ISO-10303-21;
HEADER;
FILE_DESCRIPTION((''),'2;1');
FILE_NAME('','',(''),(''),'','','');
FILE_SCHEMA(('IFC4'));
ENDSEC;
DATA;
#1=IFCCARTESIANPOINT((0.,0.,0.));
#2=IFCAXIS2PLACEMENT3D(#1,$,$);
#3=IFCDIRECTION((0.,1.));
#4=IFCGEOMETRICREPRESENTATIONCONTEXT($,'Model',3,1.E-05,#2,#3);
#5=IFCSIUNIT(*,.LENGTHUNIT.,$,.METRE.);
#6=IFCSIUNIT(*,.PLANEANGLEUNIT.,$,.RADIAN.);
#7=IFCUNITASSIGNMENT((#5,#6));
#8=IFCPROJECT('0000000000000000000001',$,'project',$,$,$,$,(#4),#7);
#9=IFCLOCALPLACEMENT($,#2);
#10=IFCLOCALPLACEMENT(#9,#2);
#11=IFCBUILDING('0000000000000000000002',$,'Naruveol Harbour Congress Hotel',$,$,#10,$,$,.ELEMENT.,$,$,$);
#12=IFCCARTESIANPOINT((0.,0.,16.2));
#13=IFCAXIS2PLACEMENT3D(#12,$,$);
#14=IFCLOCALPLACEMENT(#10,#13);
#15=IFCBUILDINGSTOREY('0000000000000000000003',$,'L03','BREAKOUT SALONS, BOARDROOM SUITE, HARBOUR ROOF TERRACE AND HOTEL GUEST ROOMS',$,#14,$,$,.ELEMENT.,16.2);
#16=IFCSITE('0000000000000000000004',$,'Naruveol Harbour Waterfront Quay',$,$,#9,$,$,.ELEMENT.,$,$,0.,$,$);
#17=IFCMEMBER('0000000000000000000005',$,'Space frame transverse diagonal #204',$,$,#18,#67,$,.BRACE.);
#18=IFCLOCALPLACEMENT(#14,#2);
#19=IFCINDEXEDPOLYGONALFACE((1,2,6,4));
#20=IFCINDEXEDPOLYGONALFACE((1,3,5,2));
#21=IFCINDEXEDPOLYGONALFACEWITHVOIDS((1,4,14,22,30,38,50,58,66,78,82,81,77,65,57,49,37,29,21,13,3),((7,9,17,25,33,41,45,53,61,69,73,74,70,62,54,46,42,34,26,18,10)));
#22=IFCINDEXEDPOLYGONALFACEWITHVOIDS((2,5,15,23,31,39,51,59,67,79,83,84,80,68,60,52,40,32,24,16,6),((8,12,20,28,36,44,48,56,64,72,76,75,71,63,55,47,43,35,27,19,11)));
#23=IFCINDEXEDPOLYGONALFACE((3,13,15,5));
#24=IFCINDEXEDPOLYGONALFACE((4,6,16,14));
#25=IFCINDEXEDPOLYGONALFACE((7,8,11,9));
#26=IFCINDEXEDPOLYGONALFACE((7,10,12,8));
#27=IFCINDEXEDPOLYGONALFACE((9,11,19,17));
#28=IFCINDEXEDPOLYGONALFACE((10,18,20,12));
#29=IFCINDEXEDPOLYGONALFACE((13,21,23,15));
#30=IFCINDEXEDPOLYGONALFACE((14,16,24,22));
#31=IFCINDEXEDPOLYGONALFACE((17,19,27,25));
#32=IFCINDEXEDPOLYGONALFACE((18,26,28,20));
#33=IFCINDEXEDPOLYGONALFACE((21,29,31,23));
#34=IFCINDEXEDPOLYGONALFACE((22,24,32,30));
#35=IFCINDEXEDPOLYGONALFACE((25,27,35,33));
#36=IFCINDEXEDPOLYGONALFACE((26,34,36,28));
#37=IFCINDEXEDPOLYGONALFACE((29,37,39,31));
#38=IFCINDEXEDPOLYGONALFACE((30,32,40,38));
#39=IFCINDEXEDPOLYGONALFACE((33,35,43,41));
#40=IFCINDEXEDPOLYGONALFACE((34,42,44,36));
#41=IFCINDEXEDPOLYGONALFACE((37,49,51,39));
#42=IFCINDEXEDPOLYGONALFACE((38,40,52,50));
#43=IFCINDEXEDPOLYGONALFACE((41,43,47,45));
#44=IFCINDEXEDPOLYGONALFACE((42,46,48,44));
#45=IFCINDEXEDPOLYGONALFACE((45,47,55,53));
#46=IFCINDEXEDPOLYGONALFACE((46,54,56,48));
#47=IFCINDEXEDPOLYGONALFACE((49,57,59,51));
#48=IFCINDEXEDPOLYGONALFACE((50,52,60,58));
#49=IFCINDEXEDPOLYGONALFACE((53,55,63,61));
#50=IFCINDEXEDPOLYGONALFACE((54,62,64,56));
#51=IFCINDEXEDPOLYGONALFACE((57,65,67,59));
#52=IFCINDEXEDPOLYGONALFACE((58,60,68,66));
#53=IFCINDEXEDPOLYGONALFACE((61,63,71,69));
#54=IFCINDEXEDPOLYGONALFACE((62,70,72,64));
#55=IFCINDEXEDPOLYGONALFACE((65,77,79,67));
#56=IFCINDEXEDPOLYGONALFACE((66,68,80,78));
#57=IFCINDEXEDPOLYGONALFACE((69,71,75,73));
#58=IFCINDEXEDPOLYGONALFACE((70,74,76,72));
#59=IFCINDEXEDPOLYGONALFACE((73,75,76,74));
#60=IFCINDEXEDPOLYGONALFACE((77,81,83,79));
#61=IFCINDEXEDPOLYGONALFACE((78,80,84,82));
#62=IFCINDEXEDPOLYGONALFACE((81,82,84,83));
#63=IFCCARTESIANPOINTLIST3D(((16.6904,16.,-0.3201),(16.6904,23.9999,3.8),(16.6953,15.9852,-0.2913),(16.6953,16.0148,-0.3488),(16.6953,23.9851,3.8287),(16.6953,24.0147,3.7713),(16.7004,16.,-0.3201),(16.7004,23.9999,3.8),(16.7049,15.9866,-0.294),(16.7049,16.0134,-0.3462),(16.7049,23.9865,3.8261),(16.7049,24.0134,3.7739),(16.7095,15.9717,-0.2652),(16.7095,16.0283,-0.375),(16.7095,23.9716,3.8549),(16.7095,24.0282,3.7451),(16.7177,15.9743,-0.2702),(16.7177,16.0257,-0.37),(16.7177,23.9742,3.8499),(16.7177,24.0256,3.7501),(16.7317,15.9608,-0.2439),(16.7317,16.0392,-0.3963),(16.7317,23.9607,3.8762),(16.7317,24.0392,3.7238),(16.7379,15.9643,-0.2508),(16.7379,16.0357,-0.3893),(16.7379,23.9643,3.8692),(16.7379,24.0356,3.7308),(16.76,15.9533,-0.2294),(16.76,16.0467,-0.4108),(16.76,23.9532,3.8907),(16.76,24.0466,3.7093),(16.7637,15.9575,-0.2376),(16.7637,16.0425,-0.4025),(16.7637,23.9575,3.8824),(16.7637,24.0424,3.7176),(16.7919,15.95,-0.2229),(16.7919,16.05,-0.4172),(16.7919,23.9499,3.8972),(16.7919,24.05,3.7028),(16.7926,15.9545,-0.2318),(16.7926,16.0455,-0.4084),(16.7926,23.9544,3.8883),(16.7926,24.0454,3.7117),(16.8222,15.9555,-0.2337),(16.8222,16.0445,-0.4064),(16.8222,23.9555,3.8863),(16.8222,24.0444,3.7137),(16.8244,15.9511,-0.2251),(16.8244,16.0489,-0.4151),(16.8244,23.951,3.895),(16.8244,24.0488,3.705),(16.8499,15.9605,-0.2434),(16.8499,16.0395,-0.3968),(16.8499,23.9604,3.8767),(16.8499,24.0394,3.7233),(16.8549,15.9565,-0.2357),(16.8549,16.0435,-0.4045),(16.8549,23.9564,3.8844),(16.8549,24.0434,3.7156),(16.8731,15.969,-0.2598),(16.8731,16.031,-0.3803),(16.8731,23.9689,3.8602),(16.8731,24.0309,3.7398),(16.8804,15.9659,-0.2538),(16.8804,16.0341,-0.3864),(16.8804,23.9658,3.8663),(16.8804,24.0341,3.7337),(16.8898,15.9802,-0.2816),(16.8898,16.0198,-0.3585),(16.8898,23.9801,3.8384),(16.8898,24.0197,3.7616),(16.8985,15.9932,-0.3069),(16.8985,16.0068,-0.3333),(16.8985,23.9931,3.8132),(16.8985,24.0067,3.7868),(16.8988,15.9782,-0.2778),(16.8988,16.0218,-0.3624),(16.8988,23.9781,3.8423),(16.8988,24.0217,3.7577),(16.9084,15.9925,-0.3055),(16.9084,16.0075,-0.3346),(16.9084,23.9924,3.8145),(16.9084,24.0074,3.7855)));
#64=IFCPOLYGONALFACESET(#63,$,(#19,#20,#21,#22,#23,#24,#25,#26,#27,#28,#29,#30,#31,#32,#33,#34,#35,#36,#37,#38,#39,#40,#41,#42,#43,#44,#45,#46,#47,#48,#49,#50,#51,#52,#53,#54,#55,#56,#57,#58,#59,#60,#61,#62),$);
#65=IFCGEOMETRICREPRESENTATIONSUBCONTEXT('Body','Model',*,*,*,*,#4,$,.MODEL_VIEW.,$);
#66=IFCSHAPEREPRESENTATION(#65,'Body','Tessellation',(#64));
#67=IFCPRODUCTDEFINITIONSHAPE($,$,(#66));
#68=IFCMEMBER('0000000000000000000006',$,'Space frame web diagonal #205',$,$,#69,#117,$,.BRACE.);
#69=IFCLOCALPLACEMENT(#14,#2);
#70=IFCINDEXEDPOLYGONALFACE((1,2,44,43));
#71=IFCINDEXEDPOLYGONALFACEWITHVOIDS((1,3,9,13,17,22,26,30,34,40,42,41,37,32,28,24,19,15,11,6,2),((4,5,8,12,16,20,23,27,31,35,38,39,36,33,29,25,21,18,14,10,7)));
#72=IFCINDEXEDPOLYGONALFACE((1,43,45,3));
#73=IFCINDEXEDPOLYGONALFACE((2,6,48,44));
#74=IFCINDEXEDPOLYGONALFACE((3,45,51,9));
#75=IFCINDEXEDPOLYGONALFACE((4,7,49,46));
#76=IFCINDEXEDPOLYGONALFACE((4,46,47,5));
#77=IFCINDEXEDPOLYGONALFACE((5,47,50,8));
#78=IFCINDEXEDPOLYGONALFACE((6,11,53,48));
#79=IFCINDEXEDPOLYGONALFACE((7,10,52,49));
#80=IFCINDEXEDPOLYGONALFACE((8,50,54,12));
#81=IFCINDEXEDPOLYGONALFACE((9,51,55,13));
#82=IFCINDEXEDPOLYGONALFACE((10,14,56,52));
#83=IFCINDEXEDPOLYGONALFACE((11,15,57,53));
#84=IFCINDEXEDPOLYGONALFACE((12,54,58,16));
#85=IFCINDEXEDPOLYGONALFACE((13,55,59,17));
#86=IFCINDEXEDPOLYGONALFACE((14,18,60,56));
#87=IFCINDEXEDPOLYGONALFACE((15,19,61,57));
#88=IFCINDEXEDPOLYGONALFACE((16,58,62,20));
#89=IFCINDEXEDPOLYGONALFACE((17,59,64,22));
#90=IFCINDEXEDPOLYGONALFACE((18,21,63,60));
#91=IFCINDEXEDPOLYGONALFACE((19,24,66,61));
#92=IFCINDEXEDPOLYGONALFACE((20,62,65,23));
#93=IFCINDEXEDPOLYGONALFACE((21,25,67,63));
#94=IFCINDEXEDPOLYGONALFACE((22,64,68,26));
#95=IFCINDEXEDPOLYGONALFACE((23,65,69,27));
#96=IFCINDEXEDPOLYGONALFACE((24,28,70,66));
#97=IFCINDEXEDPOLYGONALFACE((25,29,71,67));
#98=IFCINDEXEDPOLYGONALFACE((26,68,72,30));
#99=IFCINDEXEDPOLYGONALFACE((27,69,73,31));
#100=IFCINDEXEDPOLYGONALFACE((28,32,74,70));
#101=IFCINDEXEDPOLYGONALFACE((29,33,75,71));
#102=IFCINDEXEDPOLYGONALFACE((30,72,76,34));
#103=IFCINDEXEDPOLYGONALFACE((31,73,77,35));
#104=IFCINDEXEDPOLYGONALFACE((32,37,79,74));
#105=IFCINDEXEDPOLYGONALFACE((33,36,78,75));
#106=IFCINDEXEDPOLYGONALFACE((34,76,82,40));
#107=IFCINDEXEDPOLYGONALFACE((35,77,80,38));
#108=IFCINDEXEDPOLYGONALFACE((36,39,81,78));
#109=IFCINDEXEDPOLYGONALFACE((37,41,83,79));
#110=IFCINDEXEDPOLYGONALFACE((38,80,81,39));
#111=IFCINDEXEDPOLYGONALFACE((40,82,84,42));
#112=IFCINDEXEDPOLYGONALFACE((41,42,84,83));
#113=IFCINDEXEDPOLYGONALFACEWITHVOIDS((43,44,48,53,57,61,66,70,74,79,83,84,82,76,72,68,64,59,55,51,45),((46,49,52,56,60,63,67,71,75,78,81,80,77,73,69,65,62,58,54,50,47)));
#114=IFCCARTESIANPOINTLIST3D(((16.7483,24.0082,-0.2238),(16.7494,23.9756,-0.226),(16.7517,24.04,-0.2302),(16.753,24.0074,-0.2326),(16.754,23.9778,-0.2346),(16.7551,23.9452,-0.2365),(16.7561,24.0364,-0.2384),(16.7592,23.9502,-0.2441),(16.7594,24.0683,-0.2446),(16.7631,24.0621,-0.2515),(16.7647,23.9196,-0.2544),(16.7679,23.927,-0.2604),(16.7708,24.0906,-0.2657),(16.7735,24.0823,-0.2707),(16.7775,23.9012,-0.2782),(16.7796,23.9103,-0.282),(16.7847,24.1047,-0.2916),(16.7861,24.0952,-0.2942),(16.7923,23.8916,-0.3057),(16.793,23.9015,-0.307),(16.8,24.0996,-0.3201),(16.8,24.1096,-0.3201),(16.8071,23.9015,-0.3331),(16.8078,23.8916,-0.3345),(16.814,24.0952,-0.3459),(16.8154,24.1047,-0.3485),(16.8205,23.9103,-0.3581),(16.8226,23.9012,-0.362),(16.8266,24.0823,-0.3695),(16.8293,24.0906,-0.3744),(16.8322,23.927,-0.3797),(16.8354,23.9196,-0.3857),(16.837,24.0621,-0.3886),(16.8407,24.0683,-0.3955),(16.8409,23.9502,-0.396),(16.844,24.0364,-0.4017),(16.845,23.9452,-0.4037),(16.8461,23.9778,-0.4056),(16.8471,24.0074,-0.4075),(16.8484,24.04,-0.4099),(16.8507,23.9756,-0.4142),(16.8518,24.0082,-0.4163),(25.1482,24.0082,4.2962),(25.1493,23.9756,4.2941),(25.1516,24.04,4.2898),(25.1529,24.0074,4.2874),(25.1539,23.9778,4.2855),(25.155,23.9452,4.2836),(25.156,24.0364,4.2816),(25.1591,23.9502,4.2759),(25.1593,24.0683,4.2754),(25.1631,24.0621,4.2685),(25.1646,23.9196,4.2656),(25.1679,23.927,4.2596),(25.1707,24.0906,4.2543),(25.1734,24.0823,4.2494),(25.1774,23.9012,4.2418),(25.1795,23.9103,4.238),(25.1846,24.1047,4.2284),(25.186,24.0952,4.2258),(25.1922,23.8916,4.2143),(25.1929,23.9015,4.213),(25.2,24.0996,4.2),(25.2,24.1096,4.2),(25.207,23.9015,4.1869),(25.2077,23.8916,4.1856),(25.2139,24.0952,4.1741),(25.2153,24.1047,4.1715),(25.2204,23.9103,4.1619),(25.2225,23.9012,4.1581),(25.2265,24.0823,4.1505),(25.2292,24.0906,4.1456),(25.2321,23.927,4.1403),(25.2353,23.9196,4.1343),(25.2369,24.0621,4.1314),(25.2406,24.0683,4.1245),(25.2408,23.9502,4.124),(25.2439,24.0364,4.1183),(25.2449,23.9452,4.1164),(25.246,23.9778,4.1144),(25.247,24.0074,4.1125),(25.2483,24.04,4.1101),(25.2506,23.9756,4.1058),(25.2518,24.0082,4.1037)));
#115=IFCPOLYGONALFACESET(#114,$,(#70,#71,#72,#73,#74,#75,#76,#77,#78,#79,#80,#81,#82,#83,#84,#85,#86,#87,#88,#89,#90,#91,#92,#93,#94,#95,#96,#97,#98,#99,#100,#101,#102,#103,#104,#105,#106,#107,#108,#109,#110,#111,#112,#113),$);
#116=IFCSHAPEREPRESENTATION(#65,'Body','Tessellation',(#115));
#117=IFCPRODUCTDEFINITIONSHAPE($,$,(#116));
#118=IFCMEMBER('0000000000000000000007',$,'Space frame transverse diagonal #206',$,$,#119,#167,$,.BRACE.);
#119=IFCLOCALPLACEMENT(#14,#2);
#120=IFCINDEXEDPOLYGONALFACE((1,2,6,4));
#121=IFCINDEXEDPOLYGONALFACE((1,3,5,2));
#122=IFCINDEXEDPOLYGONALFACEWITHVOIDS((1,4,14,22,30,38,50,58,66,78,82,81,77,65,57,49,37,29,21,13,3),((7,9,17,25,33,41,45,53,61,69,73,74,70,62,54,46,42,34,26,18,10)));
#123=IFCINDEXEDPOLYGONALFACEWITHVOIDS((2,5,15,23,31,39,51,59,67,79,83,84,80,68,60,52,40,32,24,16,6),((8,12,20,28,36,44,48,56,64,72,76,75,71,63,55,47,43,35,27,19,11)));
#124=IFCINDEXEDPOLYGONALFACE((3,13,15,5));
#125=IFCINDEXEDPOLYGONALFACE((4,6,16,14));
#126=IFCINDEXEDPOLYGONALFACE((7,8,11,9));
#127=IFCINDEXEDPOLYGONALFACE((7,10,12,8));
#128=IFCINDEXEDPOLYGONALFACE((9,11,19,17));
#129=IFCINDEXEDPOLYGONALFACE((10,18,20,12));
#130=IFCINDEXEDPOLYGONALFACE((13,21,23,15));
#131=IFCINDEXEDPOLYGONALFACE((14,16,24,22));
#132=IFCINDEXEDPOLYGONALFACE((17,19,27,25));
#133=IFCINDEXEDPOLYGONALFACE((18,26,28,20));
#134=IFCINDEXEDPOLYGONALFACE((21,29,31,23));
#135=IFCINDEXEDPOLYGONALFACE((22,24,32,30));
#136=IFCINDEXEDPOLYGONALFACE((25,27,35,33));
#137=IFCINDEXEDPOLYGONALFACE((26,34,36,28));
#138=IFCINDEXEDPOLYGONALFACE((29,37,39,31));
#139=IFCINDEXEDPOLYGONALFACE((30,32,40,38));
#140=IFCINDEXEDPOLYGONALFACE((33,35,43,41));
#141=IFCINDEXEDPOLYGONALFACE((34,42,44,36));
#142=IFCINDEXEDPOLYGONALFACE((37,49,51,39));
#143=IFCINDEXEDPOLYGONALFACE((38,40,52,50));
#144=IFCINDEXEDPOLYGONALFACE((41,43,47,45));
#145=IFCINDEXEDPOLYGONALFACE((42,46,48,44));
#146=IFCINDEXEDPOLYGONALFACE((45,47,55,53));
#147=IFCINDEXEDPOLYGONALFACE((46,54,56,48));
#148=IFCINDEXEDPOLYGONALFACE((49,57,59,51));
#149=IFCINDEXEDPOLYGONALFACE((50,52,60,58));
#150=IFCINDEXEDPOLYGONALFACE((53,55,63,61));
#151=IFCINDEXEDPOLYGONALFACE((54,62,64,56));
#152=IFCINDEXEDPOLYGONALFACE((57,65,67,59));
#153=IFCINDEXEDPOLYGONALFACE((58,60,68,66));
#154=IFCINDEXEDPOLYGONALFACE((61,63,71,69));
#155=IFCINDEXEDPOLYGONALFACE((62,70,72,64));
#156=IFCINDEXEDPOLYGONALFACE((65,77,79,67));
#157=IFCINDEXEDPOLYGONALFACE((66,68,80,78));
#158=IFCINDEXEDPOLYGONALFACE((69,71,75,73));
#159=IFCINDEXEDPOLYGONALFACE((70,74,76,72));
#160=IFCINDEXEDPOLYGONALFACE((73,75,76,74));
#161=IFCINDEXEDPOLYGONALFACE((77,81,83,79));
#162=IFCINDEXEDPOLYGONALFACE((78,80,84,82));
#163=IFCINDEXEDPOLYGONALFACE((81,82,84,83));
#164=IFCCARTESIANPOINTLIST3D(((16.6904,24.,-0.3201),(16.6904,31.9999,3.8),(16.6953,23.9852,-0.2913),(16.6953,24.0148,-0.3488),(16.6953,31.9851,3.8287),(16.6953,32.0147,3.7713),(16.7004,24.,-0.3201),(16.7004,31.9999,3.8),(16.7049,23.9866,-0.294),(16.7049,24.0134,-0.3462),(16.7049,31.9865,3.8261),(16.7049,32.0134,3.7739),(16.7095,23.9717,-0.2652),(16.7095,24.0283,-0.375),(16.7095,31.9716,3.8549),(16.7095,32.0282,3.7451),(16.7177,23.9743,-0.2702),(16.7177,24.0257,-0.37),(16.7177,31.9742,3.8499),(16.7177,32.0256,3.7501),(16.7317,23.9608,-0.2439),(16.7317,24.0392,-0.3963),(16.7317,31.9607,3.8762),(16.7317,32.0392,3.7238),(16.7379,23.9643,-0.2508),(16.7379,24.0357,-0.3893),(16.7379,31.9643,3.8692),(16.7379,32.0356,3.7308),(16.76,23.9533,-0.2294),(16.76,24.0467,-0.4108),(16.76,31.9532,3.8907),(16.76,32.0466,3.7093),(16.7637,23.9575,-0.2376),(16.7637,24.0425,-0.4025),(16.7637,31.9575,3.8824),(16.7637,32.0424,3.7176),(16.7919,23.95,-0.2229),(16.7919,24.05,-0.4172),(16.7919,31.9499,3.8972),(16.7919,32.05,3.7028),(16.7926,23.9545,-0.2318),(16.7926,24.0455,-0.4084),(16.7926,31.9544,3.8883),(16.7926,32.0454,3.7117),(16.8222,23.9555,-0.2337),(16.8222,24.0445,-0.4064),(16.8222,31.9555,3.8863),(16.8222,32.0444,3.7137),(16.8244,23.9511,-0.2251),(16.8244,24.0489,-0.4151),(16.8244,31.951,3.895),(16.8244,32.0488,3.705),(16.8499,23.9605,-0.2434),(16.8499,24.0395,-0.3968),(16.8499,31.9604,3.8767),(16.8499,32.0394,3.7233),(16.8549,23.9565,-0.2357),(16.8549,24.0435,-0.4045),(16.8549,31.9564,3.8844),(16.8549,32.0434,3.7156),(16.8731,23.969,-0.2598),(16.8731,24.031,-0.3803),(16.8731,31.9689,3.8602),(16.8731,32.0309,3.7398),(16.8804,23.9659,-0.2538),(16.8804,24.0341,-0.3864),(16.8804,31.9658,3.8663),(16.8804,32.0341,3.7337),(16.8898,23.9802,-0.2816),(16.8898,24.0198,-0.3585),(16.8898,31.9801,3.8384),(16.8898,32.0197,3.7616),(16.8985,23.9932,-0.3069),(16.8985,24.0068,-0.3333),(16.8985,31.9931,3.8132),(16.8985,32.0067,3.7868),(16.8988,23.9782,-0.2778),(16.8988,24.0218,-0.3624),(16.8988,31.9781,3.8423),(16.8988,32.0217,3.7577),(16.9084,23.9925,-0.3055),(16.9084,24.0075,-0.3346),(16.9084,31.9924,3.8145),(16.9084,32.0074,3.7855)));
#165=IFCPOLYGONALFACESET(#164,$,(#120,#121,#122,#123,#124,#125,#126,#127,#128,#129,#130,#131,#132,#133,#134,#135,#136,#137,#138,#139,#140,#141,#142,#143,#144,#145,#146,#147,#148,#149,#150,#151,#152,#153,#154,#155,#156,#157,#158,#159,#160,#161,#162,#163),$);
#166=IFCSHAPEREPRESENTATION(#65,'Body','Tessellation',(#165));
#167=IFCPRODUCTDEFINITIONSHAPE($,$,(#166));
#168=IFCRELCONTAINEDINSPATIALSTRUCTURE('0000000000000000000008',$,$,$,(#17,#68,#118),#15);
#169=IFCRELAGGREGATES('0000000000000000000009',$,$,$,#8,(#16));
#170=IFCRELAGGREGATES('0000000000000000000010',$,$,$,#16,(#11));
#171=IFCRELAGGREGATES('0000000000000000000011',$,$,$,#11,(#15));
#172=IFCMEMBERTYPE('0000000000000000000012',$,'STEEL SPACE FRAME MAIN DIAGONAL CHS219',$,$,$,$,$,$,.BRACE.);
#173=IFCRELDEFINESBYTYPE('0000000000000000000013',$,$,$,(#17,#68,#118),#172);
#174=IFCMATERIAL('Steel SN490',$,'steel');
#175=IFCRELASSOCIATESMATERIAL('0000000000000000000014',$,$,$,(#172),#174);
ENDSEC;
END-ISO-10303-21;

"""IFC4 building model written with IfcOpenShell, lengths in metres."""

from ifc_helpers import new_model, si_unit, direction, frame, origin, origin_2d, place, context, subcontext, project, spatial, hollow_circle, extrude, material, material_profile, profile_set, type_object, element, save


model = new_model("IFC4")

# Units and contexts
model_context = context("Model", 3, precision=1e-05, world=origin(), true_north=direction((0.0, 1.0)))
body_context = subcontext(model_context, "Body", "Model", "MODEL_VIEW")
ifc_project = project(units=[si_unit("LENGTHUNIT", "METRE"), si_unit("PLANEANGLEUNIT", "RADIAN")], contexts=[model_context])

# Site, building, storey
site_placement = place(None, origin())
site = spatial("IfcSite", under=ifc_project, at=site_placement, Name="Naruveol Harbour Waterfront Quay", CompositionType="ELEMENT", RefElevation=0.0)
building_placement = place(site_placement, origin())
building = spatial("IfcBuilding", under=site, at=building_placement, Name="Naruveol Harbour Congress Hotel", CompositionType="ELEMENT")
storey_placement = place(building_placement, frame((0.0, 0.0, 16.2)))
storey = spatial("IfcBuildingStorey", under=building, at=storey_placement, Name="L03", Description="BREAKOUT SALONS, BOARDROOM SUITE, HARBOUR ROOF TERRACE AND HOTEL GUEST ROOMS", CompositionType="ELEMENT", Elevation=16.2)

# Members
ifc_material_1 = material(Name="Steel SN490", Category="steel")
ifc_material_profile_1 = material_profile(ifc_material_1, hollow_circle(Radius=0.1096, WallThickness=0.01, at=origin_2d()), Name="CHS-219.1x10")
ifc_profile_set_1 = profile_set([ifc_material_profile_1], Name="Steel SN490")
member_type_1 = type_object("IfcMemberType", Name="STEEL SPACE FRAME MAIN DIAGONAL CHS219", PredefinedType="BRACE", material=ifc_profile_set_1)
member_1_placement = place(storey_placement, frame((16.8, 16.0, -0.3201), z_axis=(0.0, 0.889024, 0.45786), x_axis=(-1.0, 0.0, 0.0)))
element("IfcMember", 1, at=member_1_placement, inside=storey, type_object=member_type_1, Name="Space frame transverse diagonal #204", PredefinedType="BRACE", context=body_context, shape_type="SweptSolid", body=[
    extrude(hollow_circle(Radius=0.1096, WallThickness=0.01, at=origin_2d()), origin(), (0.0, 0.0, 1.0), 8.9985),
])
member_2_placement = place(storey_placement, frame((16.8, 24.0, -0.3201), z_axis=(0.880603, 0.0, 0.473856), x_axis=(0.0, 1.0, 0.0)))
element("IfcMember", 2, at=member_2_placement, inside=storey, type_object=member_type_1, Name="Space frame web diagonal #205", PredefinedType="BRACE", context=body_context, shape_type="SweptSolid", body=[
    extrude(hollow_circle(Radius=0.1096, WallThickness=0.01, at=origin_2d()), origin(), (0.0, 0.0, 1.0), 9.5388),
])
member_3_placement = place(storey_placement, frame((16.8, 24.0, -0.3201), z_axis=(0.0, 0.889024, 0.45786), x_axis=(-1.0, 0.0, 0.0)))
element("IfcMember", 3, at=member_3_placement, inside=storey, type_object=member_type_1, Name="Space frame transverse diagonal #206", PredefinedType="BRACE", context=body_context, shape_type="SweptSolid", body=[
    extrude(hollow_circle(Radius=0.1096, WallThickness=0.01, at=origin_2d()), origin(), (0.0, 0.0, 1.0), 8.9985),
])

save(model, "model.ifc")
